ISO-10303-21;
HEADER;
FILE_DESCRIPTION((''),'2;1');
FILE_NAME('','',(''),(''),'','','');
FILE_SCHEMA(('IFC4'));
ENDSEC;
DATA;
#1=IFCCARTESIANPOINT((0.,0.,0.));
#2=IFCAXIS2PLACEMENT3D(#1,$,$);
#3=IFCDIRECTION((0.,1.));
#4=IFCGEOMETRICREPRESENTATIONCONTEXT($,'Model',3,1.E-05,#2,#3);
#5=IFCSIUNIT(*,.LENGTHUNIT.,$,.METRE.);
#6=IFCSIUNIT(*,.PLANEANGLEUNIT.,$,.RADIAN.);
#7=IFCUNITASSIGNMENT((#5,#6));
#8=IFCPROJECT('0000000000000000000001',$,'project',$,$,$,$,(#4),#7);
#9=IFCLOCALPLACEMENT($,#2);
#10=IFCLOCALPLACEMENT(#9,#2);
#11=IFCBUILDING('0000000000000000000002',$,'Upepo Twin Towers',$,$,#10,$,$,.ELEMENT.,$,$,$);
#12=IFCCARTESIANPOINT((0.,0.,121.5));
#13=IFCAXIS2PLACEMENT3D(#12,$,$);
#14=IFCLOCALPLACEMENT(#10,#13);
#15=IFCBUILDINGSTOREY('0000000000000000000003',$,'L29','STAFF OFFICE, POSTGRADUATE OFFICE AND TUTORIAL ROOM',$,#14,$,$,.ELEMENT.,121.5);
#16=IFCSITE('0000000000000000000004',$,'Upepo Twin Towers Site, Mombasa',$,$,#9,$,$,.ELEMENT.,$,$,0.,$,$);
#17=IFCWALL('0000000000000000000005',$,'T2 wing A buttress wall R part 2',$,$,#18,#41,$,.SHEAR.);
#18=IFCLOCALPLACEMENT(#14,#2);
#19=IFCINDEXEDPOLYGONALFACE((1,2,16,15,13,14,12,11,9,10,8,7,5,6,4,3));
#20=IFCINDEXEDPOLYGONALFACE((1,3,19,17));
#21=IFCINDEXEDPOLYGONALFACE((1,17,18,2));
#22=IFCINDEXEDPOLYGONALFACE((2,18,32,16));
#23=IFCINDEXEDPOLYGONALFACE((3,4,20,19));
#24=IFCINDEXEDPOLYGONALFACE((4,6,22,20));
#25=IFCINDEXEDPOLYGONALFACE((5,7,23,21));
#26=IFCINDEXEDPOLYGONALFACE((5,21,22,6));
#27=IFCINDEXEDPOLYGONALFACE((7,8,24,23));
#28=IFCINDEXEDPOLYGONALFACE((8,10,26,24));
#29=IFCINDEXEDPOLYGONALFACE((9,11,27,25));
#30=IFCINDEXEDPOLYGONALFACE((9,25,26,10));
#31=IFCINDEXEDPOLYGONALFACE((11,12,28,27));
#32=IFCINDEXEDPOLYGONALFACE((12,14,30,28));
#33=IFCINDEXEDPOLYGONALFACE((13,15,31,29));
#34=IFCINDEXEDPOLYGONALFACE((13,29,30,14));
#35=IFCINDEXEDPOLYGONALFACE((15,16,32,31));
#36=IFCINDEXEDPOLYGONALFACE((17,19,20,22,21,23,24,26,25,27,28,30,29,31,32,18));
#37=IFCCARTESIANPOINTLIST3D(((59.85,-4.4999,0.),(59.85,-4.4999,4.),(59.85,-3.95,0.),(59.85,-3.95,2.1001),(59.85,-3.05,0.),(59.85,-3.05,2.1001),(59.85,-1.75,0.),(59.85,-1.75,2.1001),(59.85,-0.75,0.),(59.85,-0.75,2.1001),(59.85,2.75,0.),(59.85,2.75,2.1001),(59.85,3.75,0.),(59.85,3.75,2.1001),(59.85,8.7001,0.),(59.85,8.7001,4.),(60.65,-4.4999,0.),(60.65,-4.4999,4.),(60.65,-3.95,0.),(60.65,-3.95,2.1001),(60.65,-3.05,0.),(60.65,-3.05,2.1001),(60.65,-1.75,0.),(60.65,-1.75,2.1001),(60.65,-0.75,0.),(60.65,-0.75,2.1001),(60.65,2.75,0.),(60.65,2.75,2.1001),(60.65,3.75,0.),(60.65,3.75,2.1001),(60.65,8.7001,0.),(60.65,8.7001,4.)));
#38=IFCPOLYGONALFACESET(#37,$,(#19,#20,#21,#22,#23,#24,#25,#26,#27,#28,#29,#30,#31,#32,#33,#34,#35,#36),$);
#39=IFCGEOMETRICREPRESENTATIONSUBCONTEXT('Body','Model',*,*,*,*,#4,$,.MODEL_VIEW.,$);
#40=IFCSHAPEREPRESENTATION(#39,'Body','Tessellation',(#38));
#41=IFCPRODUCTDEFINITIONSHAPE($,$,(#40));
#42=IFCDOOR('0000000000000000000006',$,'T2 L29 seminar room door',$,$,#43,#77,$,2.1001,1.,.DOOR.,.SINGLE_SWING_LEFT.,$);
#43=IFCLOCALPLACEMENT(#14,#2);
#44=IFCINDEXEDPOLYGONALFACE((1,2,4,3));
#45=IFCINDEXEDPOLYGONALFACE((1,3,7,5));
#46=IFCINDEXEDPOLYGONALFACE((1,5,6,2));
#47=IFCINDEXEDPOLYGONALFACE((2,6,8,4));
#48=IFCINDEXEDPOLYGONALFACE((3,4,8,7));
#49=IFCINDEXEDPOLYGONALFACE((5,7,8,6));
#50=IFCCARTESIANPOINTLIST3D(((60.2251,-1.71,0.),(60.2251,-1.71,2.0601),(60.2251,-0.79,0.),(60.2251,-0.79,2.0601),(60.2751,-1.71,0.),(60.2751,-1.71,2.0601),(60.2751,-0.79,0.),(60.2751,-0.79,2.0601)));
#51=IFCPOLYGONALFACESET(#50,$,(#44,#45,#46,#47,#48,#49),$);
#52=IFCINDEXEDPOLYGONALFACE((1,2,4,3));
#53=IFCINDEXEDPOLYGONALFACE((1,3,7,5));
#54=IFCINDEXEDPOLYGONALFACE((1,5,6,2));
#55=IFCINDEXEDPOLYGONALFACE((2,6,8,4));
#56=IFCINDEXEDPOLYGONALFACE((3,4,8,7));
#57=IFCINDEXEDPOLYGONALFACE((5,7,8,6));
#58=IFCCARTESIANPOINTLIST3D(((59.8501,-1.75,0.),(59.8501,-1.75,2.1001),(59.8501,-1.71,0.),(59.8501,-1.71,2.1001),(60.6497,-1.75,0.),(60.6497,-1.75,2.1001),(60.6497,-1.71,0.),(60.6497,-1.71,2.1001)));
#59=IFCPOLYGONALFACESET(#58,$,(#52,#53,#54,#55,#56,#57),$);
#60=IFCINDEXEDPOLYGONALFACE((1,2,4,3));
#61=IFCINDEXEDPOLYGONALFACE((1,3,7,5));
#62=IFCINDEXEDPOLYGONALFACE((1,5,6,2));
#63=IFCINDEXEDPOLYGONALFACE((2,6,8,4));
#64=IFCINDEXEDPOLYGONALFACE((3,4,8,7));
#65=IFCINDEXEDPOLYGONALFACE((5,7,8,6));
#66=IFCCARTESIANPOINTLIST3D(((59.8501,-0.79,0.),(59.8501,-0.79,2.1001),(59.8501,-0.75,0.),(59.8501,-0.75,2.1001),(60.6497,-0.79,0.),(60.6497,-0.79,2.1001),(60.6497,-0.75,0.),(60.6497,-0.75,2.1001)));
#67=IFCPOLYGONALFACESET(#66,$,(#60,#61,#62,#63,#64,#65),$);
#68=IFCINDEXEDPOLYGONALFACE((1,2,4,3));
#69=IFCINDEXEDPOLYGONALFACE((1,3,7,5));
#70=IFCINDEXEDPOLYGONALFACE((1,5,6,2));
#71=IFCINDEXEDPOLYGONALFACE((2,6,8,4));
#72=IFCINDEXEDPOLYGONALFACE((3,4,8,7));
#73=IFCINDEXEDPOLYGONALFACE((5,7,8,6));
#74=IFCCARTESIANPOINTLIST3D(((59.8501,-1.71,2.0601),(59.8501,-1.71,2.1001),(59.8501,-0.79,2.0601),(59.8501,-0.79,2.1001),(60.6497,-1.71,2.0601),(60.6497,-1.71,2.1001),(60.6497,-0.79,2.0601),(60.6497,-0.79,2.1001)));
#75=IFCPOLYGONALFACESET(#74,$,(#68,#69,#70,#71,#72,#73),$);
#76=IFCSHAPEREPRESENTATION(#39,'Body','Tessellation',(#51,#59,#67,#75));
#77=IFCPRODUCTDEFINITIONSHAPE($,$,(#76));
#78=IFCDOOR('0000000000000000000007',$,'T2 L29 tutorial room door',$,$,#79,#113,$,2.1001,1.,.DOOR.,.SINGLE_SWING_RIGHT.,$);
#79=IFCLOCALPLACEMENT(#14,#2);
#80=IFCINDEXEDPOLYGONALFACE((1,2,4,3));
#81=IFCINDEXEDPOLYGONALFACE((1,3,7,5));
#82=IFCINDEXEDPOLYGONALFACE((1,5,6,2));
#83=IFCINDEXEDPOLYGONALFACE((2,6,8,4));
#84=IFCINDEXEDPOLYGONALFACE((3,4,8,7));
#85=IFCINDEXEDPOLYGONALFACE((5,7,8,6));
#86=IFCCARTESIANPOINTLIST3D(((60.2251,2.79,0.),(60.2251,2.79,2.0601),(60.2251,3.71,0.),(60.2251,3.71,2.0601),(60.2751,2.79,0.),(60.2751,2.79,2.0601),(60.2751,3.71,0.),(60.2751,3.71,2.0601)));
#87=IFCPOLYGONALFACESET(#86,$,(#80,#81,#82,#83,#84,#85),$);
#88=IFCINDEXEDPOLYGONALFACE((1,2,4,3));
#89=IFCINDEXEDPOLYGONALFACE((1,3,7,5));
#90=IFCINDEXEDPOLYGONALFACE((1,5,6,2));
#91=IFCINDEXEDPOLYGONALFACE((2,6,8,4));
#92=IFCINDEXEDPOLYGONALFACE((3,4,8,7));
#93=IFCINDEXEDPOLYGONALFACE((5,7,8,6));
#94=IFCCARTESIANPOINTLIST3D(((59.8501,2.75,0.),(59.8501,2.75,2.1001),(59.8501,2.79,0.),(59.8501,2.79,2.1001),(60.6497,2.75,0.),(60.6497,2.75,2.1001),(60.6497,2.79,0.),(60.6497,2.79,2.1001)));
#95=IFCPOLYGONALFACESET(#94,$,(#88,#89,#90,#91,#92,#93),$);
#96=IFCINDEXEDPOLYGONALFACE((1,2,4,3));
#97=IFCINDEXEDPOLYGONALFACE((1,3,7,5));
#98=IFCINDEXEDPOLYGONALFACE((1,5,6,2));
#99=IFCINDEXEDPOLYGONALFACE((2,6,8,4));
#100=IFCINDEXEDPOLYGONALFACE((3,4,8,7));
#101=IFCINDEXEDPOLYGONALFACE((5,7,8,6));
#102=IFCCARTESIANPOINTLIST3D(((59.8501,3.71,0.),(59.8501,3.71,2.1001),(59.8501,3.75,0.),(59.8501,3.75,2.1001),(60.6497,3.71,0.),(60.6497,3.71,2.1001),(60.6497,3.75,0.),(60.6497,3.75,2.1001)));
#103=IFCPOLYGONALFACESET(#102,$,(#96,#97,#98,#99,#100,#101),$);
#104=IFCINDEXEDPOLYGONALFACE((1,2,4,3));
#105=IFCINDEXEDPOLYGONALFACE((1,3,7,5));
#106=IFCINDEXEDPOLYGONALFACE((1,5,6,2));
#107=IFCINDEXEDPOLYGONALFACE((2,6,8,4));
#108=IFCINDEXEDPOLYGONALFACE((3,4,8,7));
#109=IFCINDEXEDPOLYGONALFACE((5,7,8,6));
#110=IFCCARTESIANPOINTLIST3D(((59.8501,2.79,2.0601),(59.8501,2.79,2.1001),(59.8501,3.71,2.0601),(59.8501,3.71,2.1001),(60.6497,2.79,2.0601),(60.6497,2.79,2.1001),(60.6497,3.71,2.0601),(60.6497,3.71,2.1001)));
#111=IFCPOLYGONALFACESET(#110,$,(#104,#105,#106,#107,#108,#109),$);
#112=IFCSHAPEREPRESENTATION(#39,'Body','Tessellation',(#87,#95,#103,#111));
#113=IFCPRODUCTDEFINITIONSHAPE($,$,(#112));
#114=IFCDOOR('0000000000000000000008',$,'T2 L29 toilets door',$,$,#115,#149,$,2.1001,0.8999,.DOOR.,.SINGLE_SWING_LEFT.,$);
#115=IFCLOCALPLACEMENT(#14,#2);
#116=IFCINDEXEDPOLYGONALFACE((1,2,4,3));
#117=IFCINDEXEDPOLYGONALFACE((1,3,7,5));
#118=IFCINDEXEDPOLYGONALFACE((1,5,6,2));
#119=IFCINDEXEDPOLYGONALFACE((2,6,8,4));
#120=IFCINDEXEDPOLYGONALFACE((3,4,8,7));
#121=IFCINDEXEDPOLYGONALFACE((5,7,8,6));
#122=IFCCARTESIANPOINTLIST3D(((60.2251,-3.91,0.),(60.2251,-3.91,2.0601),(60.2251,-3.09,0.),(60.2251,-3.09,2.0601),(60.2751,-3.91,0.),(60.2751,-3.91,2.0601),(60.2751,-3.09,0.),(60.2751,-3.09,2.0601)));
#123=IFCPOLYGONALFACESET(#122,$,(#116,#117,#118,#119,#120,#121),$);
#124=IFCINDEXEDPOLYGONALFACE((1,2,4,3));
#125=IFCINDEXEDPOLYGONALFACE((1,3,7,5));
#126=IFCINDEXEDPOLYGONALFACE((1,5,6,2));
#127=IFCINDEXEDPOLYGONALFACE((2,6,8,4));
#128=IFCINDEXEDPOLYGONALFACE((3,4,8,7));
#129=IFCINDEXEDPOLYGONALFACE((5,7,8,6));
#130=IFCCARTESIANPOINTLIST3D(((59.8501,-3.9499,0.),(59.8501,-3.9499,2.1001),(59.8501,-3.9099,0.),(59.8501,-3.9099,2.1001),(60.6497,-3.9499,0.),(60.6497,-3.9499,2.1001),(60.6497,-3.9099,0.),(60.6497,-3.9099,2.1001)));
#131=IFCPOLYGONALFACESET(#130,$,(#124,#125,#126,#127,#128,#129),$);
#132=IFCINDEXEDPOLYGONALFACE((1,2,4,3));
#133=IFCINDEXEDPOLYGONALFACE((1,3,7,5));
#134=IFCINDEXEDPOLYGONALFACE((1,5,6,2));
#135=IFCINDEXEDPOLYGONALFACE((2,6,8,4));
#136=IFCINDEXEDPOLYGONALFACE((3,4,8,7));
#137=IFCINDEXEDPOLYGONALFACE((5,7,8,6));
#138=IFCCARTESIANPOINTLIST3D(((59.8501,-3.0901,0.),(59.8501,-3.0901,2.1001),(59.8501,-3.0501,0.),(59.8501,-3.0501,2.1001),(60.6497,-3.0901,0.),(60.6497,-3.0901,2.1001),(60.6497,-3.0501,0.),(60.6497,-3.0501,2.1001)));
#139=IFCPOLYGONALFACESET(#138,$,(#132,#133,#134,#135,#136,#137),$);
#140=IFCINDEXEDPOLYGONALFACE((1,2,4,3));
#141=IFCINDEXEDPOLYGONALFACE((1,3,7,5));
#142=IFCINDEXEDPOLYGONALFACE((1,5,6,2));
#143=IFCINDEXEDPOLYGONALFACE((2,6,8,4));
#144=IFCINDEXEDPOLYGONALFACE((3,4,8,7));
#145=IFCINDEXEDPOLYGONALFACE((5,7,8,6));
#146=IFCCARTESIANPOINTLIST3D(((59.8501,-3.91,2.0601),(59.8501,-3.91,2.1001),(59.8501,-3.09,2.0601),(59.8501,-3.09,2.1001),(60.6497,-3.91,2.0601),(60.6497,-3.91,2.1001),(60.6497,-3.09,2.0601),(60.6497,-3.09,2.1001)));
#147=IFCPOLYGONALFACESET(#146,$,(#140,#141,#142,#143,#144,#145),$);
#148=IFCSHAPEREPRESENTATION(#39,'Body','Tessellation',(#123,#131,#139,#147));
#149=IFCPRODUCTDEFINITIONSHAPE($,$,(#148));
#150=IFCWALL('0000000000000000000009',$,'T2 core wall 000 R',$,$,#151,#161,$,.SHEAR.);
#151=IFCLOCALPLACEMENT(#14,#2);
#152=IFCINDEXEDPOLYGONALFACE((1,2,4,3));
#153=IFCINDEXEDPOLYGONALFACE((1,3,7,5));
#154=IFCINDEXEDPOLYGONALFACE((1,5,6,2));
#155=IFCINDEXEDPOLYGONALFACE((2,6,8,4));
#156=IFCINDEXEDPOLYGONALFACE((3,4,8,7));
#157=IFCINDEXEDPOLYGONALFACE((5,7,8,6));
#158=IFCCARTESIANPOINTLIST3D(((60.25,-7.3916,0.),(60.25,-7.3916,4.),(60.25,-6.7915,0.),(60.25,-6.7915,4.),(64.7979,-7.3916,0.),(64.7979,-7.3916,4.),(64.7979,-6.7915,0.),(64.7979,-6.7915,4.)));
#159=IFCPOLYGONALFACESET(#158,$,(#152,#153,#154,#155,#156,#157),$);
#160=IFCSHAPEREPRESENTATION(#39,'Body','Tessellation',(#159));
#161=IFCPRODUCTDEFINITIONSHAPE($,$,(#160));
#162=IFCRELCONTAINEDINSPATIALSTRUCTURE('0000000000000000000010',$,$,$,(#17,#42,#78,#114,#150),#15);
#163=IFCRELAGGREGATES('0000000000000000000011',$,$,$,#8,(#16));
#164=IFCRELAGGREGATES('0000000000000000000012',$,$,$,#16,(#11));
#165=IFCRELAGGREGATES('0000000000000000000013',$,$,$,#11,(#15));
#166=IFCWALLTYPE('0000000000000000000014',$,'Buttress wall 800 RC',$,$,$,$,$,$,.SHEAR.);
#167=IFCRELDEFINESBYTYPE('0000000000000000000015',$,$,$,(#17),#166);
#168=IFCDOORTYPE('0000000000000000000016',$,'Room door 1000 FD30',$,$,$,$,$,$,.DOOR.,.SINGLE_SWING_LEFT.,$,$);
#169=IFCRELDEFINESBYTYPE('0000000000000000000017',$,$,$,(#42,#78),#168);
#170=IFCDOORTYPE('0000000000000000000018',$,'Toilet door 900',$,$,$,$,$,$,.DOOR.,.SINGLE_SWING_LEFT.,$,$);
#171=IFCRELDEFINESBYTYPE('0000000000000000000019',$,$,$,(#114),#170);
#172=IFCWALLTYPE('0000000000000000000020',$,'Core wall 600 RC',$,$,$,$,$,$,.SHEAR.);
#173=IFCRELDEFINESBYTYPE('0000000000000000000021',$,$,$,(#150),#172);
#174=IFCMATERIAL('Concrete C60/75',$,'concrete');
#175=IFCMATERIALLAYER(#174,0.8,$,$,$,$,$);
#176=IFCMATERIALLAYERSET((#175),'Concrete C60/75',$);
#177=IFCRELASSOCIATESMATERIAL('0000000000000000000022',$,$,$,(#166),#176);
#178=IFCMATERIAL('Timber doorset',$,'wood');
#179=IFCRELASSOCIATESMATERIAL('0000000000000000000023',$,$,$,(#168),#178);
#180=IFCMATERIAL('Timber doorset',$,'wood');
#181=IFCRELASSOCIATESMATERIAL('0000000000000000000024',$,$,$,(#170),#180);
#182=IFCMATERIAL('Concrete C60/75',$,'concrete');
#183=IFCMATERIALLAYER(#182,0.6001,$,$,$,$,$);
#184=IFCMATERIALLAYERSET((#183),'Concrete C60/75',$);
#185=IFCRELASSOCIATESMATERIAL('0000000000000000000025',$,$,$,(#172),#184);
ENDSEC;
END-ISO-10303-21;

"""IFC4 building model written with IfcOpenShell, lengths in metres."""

from ifc_helpers import new_model, si_unit, direction, frame, frame_2d, origin, place, context, subcontext, project, spatial, rectangle, extrude, material, layer, layer_set, type_object, element, fill, save


model = new_model("IFC4")

# Units and contexts
model_context = context("Model", 3, precision=1e-05, world=origin(), true_north=direction((0.0, 1.0)))
body_context = subcontext(model_context, "Body", "Model", "MODEL_VIEW")
ifc_project = project(units=[si_unit("LENGTHUNIT", "METRE"), si_unit("PLANEANGLEUNIT", "RADIAN")], contexts=[model_context])

# Site, building, storey
site_placement = place(None, origin())
site = spatial("IfcSite", under=ifc_project, at=site_placement, Name="Upepo Twin Towers Site, Mombasa", CompositionType="ELEMENT", RefElevation=0.0)
building_placement = place(site_placement, origin())
building = spatial("IfcBuilding", under=site, at=building_placement, Name="Upepo Twin Towers", CompositionType="ELEMENT")
storey_placement = place(building_placement, frame((0.0, 0.0, 121.5)))
storey = spatial("IfcBuildingStorey", under=building, at=storey_placement, Name="L29", Description="STAFF OFFICE, POSTGRADUATE OFFICE AND TUTORIAL ROOM", CompositionType="ELEMENT", Elevation=121.5)

# Wall, openings, doors
ifc_material_1 = material(Name="Concrete C60/75", Category="concrete")
ifc_layer_1 = layer(ifc_material_1, 0.8)
ifc_layer_set_1 = layer_set([ifc_layer_1], Name="Concrete C60/75")
wall_type_1 = type_object("IfcWallType", Name="Buttress wall 800 RC", PredefinedType="SHEAR", material=ifc_layer_set_1)
ifc_material_2 = material(Name="Timber doorset", Category="wood")
door_type_1 = type_object("IfcDoorType", Name="Room door 1000 FD30", OperationType="SINGLE_SWING_LEFT", PredefinedType="DOOR", material=ifc_material_2)
ifc_material_3 = material(Name="Timber doorset", Category="wood")
door_type_2 = type_object("IfcDoorType", Name="Toilet door 900", OperationType="SINGLE_SWING_LEFT", PredefinedType="DOOR", material=ifc_material_3)
wall_1_placement = place(storey_placement, frame((60.25, -4.5, 0.0), z_axis=(0.0, 0.0, 1.0), x_axis=(0.0, 1.0, 0.0)))
wall_1 = element("IfcWall", 1, at=wall_1_placement, inside=storey, type_object=wall_type_1, Name="T2 wing A buttress wall R part 2", PredefinedType="SHEAR", context=body_context, shape_type="SweptSolid", body=[
    extrude(rectangle(XDim=13.2, YDim=0.8, at=frame_2d((6.6001, 0.0))), origin(), (0.0, 0.0, 1.0), 4.0),
])
opening_1_placement = place(wall_1_placement, frame((0.55, 0.0, 0.0)))
opening_1 = element("IfcOpeningElement", 2, at=opening_1_placement, cuts=wall_1, PredefinedType="OPENING", context=body_context, shape_type="SweptSolid", body=[
    extrude(rectangle(XDim=0.8999, YDim=2.1001, at=frame_2d((0.45, 1.05))), frame((0.0, 0.4099, 0.0), z_axis=(0.0, -1.0, 0.0), x_axis=(1.0, 0.0, 0.0)), (0.0, 0.0, 1.0), 0.8201),
])
opening_2_placement = place(wall_1_placement, frame((2.75, 0.0, 0.0)))
opening_2 = element("IfcOpeningElement", 3, at=opening_2_placement, cuts=wall_1, PredefinedType="OPENING", context=body_context, shape_type="SweptSolid", body=[
    extrude(rectangle(XDim=1.0, YDim=2.1001, at=frame_2d((0.5, 1.05))), frame((0.0, 0.4099, 0.0), z_axis=(0.0, -1.0, 0.0), x_axis=(1.0, 0.0, 0.0)), (0.0, 0.0, 1.0), 0.8201),
])
opening_3_placement = place(wall_1_placement, frame((7.25, 0.0, 0.0)))
opening_3 = element("IfcOpeningElement", 4, at=opening_3_placement, cuts=wall_1, PredefinedType="OPENING", context=body_context, shape_type="SweptSolid", body=[
    extrude(rectangle(XDim=1.0, YDim=2.1001, at=frame_2d((0.5, 1.05))), frame((0.0, 0.4099, 0.0), z_axis=(0.0, -1.0, 0.0), x_axis=(1.0, 0.0, 0.0)), (0.0, 0.0, 1.0), 0.8201),
])
door_1_placement = place(opening_2_placement, origin())
door_1 = element("IfcDoor", 5, at=door_1_placement, inside=storey, type_object=door_type_1, Name="T2 L29 seminar room door", OperationType="SINGLE_SWING_LEFT", OverallHeight=2.1001, OverallWidth=1.0, PredefinedType="DOOR", context=body_context, shape_type="SweptSolid", body=[
    extrude(rectangle(XDim=0.92, YDim=2.0601, at=frame_2d((0.5, 1.03))), frame((0.0, 0.0249, 0.0), z_axis=(0.0, -1.0, 0.0), x_axis=(1.0, 0.0, 0.0)), (0.0, 0.0, 1.0), 0.05),
    extrude(rectangle(XDim=0.04, YDim=2.1001, at=frame_2d((0.02, 1.05))), frame((0.0, 0.3999, 0.0), z_axis=(0.0, -1.0, 0.0), x_axis=(1.0, 0.0, 0.0)), (0.0, 0.0, 1.0), 0.7996),
    extrude(rectangle(XDim=0.04, YDim=2.1001, at=frame_2d((0.98, 1.05))), frame((0.0, 0.3999, 0.0), z_axis=(0.0, -1.0, 0.0), x_axis=(1.0, 0.0, 0.0)), (0.0, 0.0, 1.0), 0.7996),
    extrude(rectangle(XDim=0.92, YDim=0.04, at=frame_2d((0.5, 2.0801))), frame((0.0, 0.3999, 0.0), z_axis=(0.0, -1.0, 0.0), x_axis=(1.0, 0.0, 0.0)), (0.0, 0.0, 1.0), 0.7996),
])
fill(opening_2, door_1)
door_2_placement = place(opening_3_placement, origin())
door_2 = element("IfcDoor", 6, at=door_2_placement, inside=storey, type_object=door_type_1, Name="T2 L29 tutorial room door", OperationType="SINGLE_SWING_RIGHT", OverallHeight=2.1001, OverallWidth=1.0, PredefinedType="DOOR", context=body_context, shape_type="SweptSolid", body=[
    extrude(rectangle(XDim=0.92, YDim=2.0601, at=frame_2d((0.5, 1.03))), frame((0.0, 0.0249, 0.0), z_axis=(0.0, -1.0, 0.0), x_axis=(1.0, 0.0, 0.0)), (0.0, 0.0, 1.0), 0.05),
    extrude(rectangle(XDim=0.04, YDim=2.1001, at=frame_2d((0.02, 1.05))), frame((0.0, 0.3999, 0.0), z_axis=(0.0, -1.0, 0.0), x_axis=(1.0, 0.0, 0.0)), (0.0, 0.0, 1.0), 0.7996),
    extrude(rectangle(XDim=0.04, YDim=2.1001, at=frame_2d((0.98, 1.05))), frame((0.0, 0.3999, 0.0), z_axis=(0.0, -1.0, 0.0), x_axis=(1.0, 0.0, 0.0)), (0.0, 0.0, 1.0), 0.7996),
    extrude(rectangle(XDim=0.92, YDim=0.04, at=frame_2d((0.5, 2.0801))), frame((0.0, 0.3999, 0.0), z_axis=(0.0, -1.0, 0.0), x_axis=(1.0, 0.0, 0.0)), (0.0, 0.0, 1.0), 0.7996),
])
fill(opening_3, door_2)
door_3_placement = place(opening_1_placement, origin())
door_3 = element("IfcDoor", 7, at=door_3_placement, inside=storey, type_object=door_type_2, Name="T2 L29 toilets door", OperationType="SINGLE_SWING_LEFT", OverallHeight=2.1001, OverallWidth=0.8999, PredefinedType="DOOR", context=body_context, shape_type="SweptSolid", body=[
    extrude(rectangle(XDim=0.8199, YDim=2.0601, at=frame_2d((0.45, 1.03))), frame((0.0, 0.0249, 0.0), z_axis=(0.0, -1.0, 0.0), x_axis=(1.0, 0.0, 0.0)), (0.0, 0.0, 1.0), 0.05),
    extrude(rectangle(XDim=0.04, YDim=2.1001, at=frame_2d((0.02, 1.05))), frame((0.0, 0.3999, 0.0), z_axis=(0.0, -1.0, 0.0), x_axis=(1.0, 0.0, 0.0)), (0.0, 0.0, 1.0), 0.7996),
    extrude(rectangle(XDim=0.04, YDim=2.1001, at=frame_2d((0.8799, 1.05))), frame((0.0, 0.3999, 0.0), z_axis=(0.0, -1.0, 0.0), x_axis=(1.0, 0.0, 0.0)), (0.0, 0.0, 1.0), 0.7996),
    extrude(rectangle(XDim=0.8199, YDim=0.04, at=frame_2d((0.45, 2.0801))), frame((0.0, 0.3999, 0.0), z_axis=(0.0, -1.0, 0.0), x_axis=(1.0, 0.0, 0.0)), (0.0, 0.0, 1.0), 0.7996),
])
fill(opening_1, door_3)

# Wall
ifc_material_4 = material(Name="Concrete C60/75", Category="concrete")
ifc_layer_2 = layer(ifc_material_4, 0.6001)
ifc_layer_set_2 = layer_set([ifc_layer_2], Name="Concrete C60/75")
wall_type_2 = type_object("IfcWallType", Name="Core wall 600 RC", PredefinedType="SHEAR", material=ifc_layer_set_2)
wall_2_placement = place(storey_placement, frame((64.7979, -7.0916, 0.0), z_axis=(0.0, 0.0, 1.0), x_axis=(-1.0, 0.0, 0.0)))
element("IfcWall", 8, at=wall_2_placement, inside=storey, type_object=wall_type_2, Name="T2 core wall 000 R", PredefinedType="SHEAR", context=body_context, shape_type="SweptSolid", body=[
    extrude(rectangle(XDim=4.5479, YDim=0.6001, at=frame_2d((2.2739, 0.0))), origin(), (0.0, 0.0, 1.0), 4.0),
])

save(model, "model.ifc")
